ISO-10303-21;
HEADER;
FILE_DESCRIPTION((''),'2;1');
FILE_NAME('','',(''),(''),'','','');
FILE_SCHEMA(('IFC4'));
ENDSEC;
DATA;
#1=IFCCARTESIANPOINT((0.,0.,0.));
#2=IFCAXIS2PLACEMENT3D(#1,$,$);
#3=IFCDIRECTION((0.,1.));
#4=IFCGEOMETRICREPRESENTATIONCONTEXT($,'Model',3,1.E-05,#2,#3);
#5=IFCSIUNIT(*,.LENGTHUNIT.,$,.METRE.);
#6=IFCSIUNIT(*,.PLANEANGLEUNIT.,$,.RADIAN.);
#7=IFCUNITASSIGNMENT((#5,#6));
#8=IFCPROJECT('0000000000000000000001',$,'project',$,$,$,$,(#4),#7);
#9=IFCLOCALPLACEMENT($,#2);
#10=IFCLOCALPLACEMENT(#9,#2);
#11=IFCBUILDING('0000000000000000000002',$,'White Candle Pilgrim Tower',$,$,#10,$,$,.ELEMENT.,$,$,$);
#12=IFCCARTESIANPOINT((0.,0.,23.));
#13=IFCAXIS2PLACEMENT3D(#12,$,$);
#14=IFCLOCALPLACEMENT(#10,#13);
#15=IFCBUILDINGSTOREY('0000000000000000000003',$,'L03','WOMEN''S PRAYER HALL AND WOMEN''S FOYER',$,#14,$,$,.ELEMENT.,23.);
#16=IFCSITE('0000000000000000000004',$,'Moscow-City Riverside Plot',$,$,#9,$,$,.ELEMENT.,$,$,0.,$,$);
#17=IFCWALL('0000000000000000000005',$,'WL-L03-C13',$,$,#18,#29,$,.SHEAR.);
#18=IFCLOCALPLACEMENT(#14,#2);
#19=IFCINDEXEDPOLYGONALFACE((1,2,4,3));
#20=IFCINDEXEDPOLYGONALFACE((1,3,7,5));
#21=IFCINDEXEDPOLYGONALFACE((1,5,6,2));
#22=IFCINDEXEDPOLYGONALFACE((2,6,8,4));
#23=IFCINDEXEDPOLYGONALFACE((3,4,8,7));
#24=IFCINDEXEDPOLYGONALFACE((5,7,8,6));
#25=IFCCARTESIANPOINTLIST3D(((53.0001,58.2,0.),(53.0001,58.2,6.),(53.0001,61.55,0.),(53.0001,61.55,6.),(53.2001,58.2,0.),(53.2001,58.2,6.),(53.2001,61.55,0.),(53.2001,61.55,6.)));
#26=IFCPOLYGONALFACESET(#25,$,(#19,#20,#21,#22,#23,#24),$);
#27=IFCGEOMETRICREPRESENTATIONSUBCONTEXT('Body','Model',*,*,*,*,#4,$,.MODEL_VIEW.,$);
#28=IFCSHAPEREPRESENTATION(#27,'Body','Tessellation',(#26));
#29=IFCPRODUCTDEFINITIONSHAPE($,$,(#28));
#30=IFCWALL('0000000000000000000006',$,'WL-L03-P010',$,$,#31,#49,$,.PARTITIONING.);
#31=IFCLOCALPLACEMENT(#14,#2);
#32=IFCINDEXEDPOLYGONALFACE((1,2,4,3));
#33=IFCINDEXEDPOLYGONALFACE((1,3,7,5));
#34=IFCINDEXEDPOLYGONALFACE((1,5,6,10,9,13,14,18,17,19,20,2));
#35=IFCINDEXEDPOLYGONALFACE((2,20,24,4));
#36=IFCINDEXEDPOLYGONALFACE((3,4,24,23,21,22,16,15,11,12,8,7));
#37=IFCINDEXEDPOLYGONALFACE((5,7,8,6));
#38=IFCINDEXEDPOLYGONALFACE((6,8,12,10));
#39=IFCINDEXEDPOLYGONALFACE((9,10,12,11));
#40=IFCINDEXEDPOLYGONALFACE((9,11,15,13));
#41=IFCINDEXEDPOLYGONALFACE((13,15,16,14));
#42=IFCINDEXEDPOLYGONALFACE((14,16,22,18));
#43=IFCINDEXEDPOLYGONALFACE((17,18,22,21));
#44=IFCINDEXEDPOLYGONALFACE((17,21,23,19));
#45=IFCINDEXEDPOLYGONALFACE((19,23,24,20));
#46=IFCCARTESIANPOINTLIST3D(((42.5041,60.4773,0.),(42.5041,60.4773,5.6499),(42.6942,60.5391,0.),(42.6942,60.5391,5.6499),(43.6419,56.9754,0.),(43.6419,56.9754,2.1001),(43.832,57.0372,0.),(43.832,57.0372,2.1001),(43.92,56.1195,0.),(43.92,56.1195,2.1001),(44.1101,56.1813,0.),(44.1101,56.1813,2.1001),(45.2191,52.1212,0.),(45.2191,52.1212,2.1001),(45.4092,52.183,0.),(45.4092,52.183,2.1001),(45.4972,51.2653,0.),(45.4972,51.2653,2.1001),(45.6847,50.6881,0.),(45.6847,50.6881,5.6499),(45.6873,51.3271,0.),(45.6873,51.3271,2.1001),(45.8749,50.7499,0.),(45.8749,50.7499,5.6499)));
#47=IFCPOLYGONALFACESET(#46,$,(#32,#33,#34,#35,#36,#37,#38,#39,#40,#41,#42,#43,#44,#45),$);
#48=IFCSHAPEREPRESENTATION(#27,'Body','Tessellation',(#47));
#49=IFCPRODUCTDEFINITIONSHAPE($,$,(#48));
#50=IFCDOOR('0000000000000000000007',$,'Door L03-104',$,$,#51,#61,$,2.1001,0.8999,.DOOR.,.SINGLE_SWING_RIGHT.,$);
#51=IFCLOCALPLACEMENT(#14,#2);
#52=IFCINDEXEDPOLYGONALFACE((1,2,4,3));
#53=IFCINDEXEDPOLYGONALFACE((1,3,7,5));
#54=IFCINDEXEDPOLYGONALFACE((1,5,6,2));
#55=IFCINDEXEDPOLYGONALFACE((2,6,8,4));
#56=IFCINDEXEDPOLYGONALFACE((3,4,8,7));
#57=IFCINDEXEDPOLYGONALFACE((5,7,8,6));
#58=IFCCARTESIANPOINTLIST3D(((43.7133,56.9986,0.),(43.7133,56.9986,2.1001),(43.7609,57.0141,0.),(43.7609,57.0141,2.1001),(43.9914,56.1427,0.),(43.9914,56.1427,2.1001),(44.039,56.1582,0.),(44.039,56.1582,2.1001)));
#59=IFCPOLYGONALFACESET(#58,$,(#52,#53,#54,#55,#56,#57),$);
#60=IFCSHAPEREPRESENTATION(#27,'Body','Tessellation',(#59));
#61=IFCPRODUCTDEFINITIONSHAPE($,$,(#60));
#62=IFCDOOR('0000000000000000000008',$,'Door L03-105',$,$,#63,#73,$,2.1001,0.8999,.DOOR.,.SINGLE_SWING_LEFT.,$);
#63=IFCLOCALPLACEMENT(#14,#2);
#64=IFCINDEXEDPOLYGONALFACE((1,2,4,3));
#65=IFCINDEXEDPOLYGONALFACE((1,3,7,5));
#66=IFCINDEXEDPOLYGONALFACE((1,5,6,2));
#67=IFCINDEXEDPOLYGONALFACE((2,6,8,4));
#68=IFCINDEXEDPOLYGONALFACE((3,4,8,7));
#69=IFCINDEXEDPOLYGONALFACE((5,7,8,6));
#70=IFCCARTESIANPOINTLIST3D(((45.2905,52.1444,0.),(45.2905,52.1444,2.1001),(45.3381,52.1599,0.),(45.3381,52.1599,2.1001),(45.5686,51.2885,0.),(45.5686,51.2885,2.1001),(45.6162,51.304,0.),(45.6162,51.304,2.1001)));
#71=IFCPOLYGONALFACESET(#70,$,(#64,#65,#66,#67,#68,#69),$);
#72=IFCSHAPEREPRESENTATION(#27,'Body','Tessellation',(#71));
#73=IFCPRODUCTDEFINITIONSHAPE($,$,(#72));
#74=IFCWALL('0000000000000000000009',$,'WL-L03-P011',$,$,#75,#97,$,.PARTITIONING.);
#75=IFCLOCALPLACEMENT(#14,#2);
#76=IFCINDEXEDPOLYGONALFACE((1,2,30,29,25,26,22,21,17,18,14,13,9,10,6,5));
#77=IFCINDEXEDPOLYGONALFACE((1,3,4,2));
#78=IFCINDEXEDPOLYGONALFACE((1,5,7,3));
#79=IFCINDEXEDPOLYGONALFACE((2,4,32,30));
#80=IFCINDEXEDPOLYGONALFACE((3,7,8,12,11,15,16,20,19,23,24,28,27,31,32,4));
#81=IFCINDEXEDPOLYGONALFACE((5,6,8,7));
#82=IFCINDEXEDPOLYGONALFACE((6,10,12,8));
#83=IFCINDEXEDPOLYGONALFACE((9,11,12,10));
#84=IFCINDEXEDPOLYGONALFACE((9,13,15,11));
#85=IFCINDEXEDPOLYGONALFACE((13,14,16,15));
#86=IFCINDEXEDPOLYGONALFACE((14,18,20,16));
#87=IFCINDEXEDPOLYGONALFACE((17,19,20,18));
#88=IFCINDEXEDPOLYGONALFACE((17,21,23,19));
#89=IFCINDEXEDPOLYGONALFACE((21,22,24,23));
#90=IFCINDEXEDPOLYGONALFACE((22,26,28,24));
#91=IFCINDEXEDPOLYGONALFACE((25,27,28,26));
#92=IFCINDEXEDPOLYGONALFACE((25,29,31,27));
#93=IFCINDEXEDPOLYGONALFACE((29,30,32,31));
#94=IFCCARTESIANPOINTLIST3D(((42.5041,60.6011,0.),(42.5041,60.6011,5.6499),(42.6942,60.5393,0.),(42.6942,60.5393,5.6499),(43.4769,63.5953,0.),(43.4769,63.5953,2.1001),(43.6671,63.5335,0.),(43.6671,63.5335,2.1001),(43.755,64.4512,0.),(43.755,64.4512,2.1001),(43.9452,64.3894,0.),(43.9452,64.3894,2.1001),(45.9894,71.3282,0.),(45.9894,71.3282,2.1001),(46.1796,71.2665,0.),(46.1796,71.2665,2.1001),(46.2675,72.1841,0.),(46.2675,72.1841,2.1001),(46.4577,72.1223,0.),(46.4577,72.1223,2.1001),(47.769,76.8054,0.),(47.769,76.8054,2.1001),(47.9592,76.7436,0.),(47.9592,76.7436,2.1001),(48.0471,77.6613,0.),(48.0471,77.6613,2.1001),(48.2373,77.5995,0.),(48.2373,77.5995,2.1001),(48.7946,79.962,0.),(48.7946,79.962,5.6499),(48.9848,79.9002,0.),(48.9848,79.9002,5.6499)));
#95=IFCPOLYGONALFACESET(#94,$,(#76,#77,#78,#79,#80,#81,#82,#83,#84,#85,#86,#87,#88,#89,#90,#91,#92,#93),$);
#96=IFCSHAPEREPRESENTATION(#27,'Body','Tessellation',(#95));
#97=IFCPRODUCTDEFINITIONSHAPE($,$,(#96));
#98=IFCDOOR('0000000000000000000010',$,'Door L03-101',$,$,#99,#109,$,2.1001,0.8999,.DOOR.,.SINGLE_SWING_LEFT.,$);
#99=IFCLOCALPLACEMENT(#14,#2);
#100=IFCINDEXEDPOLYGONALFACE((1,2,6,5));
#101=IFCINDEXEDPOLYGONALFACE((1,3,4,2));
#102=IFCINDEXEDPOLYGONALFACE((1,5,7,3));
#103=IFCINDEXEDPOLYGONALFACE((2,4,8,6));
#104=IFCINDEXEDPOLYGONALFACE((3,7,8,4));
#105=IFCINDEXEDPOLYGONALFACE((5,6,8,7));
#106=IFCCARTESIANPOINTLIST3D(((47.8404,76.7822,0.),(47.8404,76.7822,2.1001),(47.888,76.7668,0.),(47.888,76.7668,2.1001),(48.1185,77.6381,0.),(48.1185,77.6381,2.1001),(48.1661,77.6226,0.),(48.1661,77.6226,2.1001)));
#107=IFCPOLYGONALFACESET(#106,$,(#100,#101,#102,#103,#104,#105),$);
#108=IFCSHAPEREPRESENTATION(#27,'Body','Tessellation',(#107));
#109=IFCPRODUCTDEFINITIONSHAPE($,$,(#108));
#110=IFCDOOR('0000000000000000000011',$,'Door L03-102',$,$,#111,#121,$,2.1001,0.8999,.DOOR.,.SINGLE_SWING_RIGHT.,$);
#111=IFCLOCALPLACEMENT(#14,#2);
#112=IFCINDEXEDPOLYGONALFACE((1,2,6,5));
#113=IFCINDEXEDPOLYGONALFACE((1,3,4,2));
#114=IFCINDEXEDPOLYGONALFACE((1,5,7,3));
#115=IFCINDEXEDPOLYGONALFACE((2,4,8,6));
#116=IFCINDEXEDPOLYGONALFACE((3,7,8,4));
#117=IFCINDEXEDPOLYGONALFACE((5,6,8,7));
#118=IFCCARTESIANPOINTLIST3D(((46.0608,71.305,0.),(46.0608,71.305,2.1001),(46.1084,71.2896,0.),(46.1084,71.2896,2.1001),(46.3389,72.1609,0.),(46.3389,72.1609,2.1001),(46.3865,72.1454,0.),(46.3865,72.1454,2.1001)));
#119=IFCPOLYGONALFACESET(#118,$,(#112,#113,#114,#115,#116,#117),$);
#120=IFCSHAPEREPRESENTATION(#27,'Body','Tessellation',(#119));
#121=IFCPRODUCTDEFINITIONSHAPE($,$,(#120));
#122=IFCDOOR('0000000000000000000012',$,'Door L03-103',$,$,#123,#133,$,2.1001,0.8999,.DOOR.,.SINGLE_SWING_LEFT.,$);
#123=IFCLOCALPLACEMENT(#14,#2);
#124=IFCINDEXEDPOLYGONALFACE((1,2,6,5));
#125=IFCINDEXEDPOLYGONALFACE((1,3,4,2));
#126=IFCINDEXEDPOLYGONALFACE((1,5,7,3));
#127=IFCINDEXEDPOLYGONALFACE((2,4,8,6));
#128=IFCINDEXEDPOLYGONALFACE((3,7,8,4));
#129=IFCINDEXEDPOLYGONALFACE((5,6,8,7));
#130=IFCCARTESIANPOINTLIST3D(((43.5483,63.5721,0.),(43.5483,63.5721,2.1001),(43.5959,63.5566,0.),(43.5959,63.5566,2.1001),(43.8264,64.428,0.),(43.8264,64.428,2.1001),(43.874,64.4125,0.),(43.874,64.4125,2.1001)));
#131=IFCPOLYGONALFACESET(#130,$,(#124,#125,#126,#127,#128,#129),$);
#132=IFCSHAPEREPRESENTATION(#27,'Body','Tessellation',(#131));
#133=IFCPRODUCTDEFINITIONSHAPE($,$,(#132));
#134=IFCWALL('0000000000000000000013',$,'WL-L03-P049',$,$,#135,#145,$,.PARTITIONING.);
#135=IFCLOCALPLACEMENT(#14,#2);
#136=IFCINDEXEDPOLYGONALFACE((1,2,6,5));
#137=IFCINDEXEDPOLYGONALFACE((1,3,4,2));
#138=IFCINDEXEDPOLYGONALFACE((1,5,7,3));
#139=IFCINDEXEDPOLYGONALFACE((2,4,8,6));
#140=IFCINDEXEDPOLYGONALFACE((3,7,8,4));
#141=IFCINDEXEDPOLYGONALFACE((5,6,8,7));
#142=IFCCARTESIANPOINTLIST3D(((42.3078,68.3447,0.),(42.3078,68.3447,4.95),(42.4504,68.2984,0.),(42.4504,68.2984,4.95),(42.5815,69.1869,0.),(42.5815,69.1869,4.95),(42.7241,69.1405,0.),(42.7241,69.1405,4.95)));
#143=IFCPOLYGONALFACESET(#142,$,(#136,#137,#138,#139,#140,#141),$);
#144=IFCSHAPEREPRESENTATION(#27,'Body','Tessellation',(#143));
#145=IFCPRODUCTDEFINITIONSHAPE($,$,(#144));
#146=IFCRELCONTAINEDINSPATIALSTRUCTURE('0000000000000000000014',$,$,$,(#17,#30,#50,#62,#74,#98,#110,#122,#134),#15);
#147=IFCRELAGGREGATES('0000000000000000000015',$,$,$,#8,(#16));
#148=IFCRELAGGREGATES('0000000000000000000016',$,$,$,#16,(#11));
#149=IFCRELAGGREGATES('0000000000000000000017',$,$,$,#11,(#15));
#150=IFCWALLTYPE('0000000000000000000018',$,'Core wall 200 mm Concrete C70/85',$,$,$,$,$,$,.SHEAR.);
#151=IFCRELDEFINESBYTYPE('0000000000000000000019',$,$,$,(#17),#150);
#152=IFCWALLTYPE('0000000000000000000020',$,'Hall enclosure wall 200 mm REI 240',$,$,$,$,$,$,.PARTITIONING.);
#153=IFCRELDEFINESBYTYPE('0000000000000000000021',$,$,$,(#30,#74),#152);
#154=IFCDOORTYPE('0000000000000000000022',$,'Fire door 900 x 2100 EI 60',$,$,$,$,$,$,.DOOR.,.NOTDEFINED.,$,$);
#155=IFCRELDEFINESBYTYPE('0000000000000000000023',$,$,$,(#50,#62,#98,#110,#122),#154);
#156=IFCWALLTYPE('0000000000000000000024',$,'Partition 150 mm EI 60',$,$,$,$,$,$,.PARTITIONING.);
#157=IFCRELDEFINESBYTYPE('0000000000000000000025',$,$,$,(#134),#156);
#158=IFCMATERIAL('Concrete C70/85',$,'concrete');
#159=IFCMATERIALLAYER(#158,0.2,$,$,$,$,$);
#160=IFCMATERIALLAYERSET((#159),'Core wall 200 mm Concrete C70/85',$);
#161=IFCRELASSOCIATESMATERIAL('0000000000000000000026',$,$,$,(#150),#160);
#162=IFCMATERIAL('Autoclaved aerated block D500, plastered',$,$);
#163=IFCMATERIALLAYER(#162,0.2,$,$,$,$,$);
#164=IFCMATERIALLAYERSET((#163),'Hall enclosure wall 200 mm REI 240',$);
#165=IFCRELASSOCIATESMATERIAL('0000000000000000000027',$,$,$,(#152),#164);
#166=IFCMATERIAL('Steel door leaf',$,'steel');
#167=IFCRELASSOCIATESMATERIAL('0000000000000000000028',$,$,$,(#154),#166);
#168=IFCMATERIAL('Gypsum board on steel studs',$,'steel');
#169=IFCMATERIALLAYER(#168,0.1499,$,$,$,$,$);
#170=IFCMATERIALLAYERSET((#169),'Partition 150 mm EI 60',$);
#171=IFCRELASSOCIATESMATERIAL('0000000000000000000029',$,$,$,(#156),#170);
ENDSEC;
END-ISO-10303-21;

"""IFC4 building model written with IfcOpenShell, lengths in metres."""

from ifc_helpers import new_model, si_unit, direction, frame, frame_2d, origin, place, context, subcontext, project, spatial, rectangle, extrude, material, layer, layer_set, type_object, element, fill, save


model = new_model("IFC4")

# Units and contexts
model_context = context("Model", 3, precision=1e-05, world=origin(), true_north=direction((0.0, 1.0)))
body_context = subcontext(model_context, "Body", "Model", "MODEL_VIEW")
ifc_project = project(units=[si_unit("LENGTHUNIT", "METRE"), si_unit("PLANEANGLEUNIT", "RADIAN")], contexts=[model_context])

# Site, building, storey
site_placement = place(None, origin())
site = spatial("IfcSite", under=ifc_project, at=site_placement, Name="Moscow-City Riverside Plot", CompositionType="ELEMENT", RefElevation=0.0)
building_placement = place(site_placement, origin())
building = spatial("IfcBuilding", under=site, at=building_placement, Name="White Candle Pilgrim Tower", CompositionType="ELEMENT")
storey_placement = place(building_placement, frame((0.0, 0.0, 23.0)))
storey = spatial("IfcBuildingStorey", under=building, at=storey_placement, Name="L03", Description="WOMEN'S PRAYER HALL AND WOMEN'S FOYER", CompositionType="ELEMENT", Elevation=23.0)

# Shared definitions
ifc_material_1 = material(Name="Autoclaved aerated block D500, plastered")
ifc_material_2 = material(Name="Steel door leaf", Category="steel")

# Wall
ifc_material_3 = material(Name="Concrete C70/85", Category="concrete")
ifc_layer_1 = layer(ifc_material_3, 0.2)
ifc_layer_set_1 = layer_set([ifc_layer_1], Name="Core wall 200 mm Concrete C70/85")
wall_type_1 = type_object("IfcWallType", Name="Core wall 200 mm Concrete C70/85", PredefinedType="SHEAR", material=ifc_layer_set_1)
wall_1_placement = place(storey_placement, frame((53.1001, 58.2, 0.0), z_axis=(0.0, 0.0, 1.0), x_axis=(0.0, 1.0, 0.0)))
element("IfcWall", 1, at=wall_1_placement, inside=storey, type_object=wall_type_1, Name="WL-L03-C13", PredefinedType="SHEAR", context=body_context, shape_type="SweptSolid", body=[
    extrude(rectangle(XDim=3.3501, YDim=0.2, at=frame_2d((1.675, 0.0))), origin(), (0.0, 0.0, 1.0), 6.0),
])

# Walls, openings, doors
ifc_layer_2 = layer(ifc_material_1, 0.2)
ifc_layer_set_2 = layer_set([ifc_layer_2], Name="Hall enclosure wall 200 mm REI 240")
wall_type_2 = type_object("IfcWallType", Name="Hall enclosure wall 200 mm REI 240", PredefinedType="PARTITIONING", material=ifc_layer_set_2)
wall_2_placement = place(storey_placement, frame((45.7798, 50.719, 0.0), z_axis=(0.0, 0.0, 1.0), x_axis=(-0.30901, 0.951059, 0.0)))
wall_2 = element("IfcWall", 2, at=wall_2_placement, inside=storey, type_object=wall_type_2, Name="WL-L03-P010", PredefinedType="PARTITIONING", context=body_context, shape_type="SweptSolid", body=[
    extrude(rectangle(XDim=10.293, YDim=0.2, at=frame_2d((5.1465, 0.0))), origin(), (0.0, 0.0, 1.0), 5.6499),
])
opening_1_placement = place(wall_2_placement, frame((5.7109, 0.0, 0.0)))
opening_1 = element("IfcOpeningElement", 3, at=opening_1_placement, cuts=wall_2, PredefinedType="OPENING", context=body_context, shape_type="SweptSolid", body=[
    extrude(rectangle(XDim=0.8999, YDim=2.1001, at=frame_2d((0.45, 1.05))), frame((0.0, 0.1099, 0.0), z_axis=(0.0, -1.0, 0.0), x_axis=(1.0, 0.0, 0.0)), (0.0, 0.0, 1.0), 0.22),
])
opening_2_placement = place(wall_2_placement, frame((0.6069, 0.0, 0.0)))
opening_2 = element("IfcOpeningElement", 4, at=opening_2_placement, cuts=wall_2, PredefinedType="OPENING", context=body_context, shape_type="SweptSolid", body=[
    extrude(rectangle(XDim=0.8999, YDim=2.1001, at=frame_2d((0.45, 1.05))), frame((0.0, 0.1099, 0.0), z_axis=(0.0, -1.0, 0.0), x_axis=(1.0, 0.0, 0.0)), (0.0, 0.0, 1.0), 0.22),
])
door_type_1 = type_object("IfcDoorType", Name="Fire door 900 x 2100 EI 60", OperationType="NOTDEFINED", PredefinedType="DOOR", material=ifc_material_2)
door_1_placement = place(opening_1_placement, origin())
door_1 = element("IfcDoor", 5, at=door_1_placement, inside=storey, type_object=door_type_1, Name="Door L03-104", OperationType="SINGLE_SWING_RIGHT", OverallHeight=2.1001, OverallWidth=0.8999, PredefinedType="DOOR", context=body_context, shape_type="SweptSolid", body=[
    extrude(rectangle(XDim=0.8999, YDim=2.1001, at=frame_2d((0.45, 1.05))), frame((0.0, 0.0249, 0.0), z_axis=(0.0, -1.0, 0.0), x_axis=(1.0, 0.0, 0.0)), (0.0, 0.0, 1.0), 0.05),
])
fill(opening_1, door_1)
door_2_placement = place(opening_2_placement, origin())
door_2 = element("IfcDoor", 6, at=door_2_placement, inside=storey, type_object=door_type_1, Name="Door L03-105", OperationType="SINGLE_SWING_LEFT", OverallHeight=2.1001, OverallWidth=0.8999, PredefinedType="DOOR", context=body_context, shape_type="SweptSolid", body=[
    extrude(rectangle(XDim=0.8999, YDim=2.1001, at=frame_2d((0.45, 1.05))), frame((0.0, 0.0249, 0.0), z_axis=(0.0, -1.0, 0.0), x_axis=(1.0, 0.0, 0.0)), (0.0, 0.0, 1.0), 0.05),
])
fill(opening_2, door_2)
wall_3_placement = place(storey_placement, frame((42.5991, 60.5701, 0.0), z_axis=(0.0, 0.0, 1.0), x_axis=(0.309009, 0.951059, 0.0)))
wall_3 = element("IfcWall", 7, at=wall_3_placement, inside=storey, type_object=wall_type_2, Name="WL-L03-P011", PredefinedType="PARTITIONING", context=body_context, shape_type="SweptSolid", body=[
    extrude(rectangle(XDim=20.3572, YDim=0.2, at=frame_2d((10.1787, 0.0))), origin(), (0.0, 0.0, 1.0), 5.6499),
])
opening_3_placement = place(wall_3_placement, frame((17.0383, 0.0, 0.0)))
opening_3 = element("IfcOpeningElement", 8, at=opening_3_placement, cuts=wall_3, PredefinedType="OPENING", context=body_context, shape_type="SweptSolid", body=[
    extrude(rectangle(XDim=0.8999, YDim=2.1001, at=frame_2d((0.45, 1.05))), frame((0.0, 0.1099, 0.0), z_axis=(0.0, -1.0, 0.0), x_axis=(1.0, 0.0, 0.0)), (0.0, 0.0, 1.0), 0.22),
])
opening_4_placement = place(wall_3_placement, frame((11.2793, 0.0, 0.0)))
opening_4 = element("IfcOpeningElement", 9, at=opening_4_placement, cuts=wall_3, PredefinedType="OPENING", context=body_context, shape_type="SweptSolid", body=[
    extrude(rectangle(XDim=0.8999, YDim=2.1001, at=frame_2d((0.45, 1.05))), frame((0.0, 0.1099, 0.0), z_axis=(0.0, -1.0, 0.0), x_axis=(1.0, 0.0, 0.0)), (0.0, 0.0, 1.0), 0.22),
])
opening_5_placement = place(wall_3_placement, frame((3.1484, 0.0, 0.0)))
opening_5 = element("IfcOpeningElement", 10, at=opening_5_placement, cuts=wall_3, PredefinedType="OPENING", context=body_context, shape_type="SweptSolid", body=[
    extrude(rectangle(XDim=0.8999, YDim=2.1001, at=frame_2d((0.45, 1.05))), frame((0.0, 0.1099, 0.0), z_axis=(0.0, -1.0, 0.0), x_axis=(1.0, 0.0, 0.0)), (0.0, 0.0, 1.0), 0.22),
])
door_3_placement = place(opening_3_placement, origin())
door_3 = element("IfcDoor", 11, at=door_3_placement, inside=storey, type_object=door_type_1, Name="Door L03-101", OperationType="SINGLE_SWING_LEFT", OverallHeight=2.1001, OverallWidth=0.8999, PredefinedType="DOOR", context=body_context, shape_type="SweptSolid", body=[
    extrude(rectangle(XDim=0.8999, YDim=2.1001, at=frame_2d((0.45, 1.05))), frame((0.0, 0.0249, 0.0), z_axis=(0.0, -1.0, 0.0), x_axis=(1.0, 0.0, 0.0)), (0.0, 0.0, 1.0), 0.05),
])
fill(opening_3, door_3)
door_4_placement = place(opening_4_placement, origin())
door_4 = element("IfcDoor", 12, at=door_4_placement, inside=storey, type_object=door_type_1, Name="Door L03-102", OperationType="SINGLE_SWING_RIGHT", OverallHeight=2.1001, OverallWidth=0.8999, PredefinedType="DOOR", context=body_context, shape_type="SweptSolid", body=[
    extrude(rectangle(XDim=0.8999, YDim=2.1001, at=frame_2d((0.45, 1.05))), frame((0.0, 0.0249, 0.0), z_axis=(0.0, -1.0, 0.0), x_axis=(1.0, 0.0, 0.0)), (0.0, 0.0, 1.0), 0.05),
])
fill(opening_4, door_4)
door_5_placement = place(opening_5_placement, origin())
door_5 = element("IfcDoor", 13, at=door_5_placement, inside=storey, type_object=door_type_1, Name="Door L03-103", OperationType="SINGLE_SWING_LEFT", OverallHeight=2.1001, OverallWidth=0.8999, PredefinedType="DOOR", context=body_context, shape_type="SweptSolid", body=[
    extrude(rectangle(XDim=0.8999, YDim=2.1001, at=frame_2d((0.45, 1.05))), frame((0.0, 0.0249, 0.0), z_axis=(0.0, -1.0, 0.0), x_axis=(1.0, 0.0, 0.0)), (0.0, 0.0, 1.0), 0.05),
])
fill(opening_5, door_5)

# Wall
ifc_material_4 = material(Name="Gypsum board on steel studs", Category="steel")
ifc_layer_3 = layer(ifc_material_4, 0.1499)
ifc_layer_set_3 = layer_set([ifc_layer_3], Name="Partition 150 mm EI 60")
wall_type_3 = type_object("IfcWallType", Name="Partition 150 mm EI 60", PredefinedType="PARTITIONING", material=ifc_layer_set_3)
wall_4_placement = place(storey_placement, frame((42.6528, 69.1638, 0.0), z_axis=(0.0, 0.0, 1.0), x_axis=(-0.309105, -0.951028, 0.0)))
element("IfcWall", 14, at=wall_4_placement, inside=storey, type_object=wall_type_3, Name="WL-L03-P049", PredefinedType="PARTITIONING", context=body_context, shape_type="SweptSolid", body=[
    extrude(rectangle(XDim=0.8855, YDim=0.1499, at=frame_2d((0.4429, 0.0))), origin(), (0.0, 0.0, 1.0), 4.95),
])

save(model, "model.ifc")
